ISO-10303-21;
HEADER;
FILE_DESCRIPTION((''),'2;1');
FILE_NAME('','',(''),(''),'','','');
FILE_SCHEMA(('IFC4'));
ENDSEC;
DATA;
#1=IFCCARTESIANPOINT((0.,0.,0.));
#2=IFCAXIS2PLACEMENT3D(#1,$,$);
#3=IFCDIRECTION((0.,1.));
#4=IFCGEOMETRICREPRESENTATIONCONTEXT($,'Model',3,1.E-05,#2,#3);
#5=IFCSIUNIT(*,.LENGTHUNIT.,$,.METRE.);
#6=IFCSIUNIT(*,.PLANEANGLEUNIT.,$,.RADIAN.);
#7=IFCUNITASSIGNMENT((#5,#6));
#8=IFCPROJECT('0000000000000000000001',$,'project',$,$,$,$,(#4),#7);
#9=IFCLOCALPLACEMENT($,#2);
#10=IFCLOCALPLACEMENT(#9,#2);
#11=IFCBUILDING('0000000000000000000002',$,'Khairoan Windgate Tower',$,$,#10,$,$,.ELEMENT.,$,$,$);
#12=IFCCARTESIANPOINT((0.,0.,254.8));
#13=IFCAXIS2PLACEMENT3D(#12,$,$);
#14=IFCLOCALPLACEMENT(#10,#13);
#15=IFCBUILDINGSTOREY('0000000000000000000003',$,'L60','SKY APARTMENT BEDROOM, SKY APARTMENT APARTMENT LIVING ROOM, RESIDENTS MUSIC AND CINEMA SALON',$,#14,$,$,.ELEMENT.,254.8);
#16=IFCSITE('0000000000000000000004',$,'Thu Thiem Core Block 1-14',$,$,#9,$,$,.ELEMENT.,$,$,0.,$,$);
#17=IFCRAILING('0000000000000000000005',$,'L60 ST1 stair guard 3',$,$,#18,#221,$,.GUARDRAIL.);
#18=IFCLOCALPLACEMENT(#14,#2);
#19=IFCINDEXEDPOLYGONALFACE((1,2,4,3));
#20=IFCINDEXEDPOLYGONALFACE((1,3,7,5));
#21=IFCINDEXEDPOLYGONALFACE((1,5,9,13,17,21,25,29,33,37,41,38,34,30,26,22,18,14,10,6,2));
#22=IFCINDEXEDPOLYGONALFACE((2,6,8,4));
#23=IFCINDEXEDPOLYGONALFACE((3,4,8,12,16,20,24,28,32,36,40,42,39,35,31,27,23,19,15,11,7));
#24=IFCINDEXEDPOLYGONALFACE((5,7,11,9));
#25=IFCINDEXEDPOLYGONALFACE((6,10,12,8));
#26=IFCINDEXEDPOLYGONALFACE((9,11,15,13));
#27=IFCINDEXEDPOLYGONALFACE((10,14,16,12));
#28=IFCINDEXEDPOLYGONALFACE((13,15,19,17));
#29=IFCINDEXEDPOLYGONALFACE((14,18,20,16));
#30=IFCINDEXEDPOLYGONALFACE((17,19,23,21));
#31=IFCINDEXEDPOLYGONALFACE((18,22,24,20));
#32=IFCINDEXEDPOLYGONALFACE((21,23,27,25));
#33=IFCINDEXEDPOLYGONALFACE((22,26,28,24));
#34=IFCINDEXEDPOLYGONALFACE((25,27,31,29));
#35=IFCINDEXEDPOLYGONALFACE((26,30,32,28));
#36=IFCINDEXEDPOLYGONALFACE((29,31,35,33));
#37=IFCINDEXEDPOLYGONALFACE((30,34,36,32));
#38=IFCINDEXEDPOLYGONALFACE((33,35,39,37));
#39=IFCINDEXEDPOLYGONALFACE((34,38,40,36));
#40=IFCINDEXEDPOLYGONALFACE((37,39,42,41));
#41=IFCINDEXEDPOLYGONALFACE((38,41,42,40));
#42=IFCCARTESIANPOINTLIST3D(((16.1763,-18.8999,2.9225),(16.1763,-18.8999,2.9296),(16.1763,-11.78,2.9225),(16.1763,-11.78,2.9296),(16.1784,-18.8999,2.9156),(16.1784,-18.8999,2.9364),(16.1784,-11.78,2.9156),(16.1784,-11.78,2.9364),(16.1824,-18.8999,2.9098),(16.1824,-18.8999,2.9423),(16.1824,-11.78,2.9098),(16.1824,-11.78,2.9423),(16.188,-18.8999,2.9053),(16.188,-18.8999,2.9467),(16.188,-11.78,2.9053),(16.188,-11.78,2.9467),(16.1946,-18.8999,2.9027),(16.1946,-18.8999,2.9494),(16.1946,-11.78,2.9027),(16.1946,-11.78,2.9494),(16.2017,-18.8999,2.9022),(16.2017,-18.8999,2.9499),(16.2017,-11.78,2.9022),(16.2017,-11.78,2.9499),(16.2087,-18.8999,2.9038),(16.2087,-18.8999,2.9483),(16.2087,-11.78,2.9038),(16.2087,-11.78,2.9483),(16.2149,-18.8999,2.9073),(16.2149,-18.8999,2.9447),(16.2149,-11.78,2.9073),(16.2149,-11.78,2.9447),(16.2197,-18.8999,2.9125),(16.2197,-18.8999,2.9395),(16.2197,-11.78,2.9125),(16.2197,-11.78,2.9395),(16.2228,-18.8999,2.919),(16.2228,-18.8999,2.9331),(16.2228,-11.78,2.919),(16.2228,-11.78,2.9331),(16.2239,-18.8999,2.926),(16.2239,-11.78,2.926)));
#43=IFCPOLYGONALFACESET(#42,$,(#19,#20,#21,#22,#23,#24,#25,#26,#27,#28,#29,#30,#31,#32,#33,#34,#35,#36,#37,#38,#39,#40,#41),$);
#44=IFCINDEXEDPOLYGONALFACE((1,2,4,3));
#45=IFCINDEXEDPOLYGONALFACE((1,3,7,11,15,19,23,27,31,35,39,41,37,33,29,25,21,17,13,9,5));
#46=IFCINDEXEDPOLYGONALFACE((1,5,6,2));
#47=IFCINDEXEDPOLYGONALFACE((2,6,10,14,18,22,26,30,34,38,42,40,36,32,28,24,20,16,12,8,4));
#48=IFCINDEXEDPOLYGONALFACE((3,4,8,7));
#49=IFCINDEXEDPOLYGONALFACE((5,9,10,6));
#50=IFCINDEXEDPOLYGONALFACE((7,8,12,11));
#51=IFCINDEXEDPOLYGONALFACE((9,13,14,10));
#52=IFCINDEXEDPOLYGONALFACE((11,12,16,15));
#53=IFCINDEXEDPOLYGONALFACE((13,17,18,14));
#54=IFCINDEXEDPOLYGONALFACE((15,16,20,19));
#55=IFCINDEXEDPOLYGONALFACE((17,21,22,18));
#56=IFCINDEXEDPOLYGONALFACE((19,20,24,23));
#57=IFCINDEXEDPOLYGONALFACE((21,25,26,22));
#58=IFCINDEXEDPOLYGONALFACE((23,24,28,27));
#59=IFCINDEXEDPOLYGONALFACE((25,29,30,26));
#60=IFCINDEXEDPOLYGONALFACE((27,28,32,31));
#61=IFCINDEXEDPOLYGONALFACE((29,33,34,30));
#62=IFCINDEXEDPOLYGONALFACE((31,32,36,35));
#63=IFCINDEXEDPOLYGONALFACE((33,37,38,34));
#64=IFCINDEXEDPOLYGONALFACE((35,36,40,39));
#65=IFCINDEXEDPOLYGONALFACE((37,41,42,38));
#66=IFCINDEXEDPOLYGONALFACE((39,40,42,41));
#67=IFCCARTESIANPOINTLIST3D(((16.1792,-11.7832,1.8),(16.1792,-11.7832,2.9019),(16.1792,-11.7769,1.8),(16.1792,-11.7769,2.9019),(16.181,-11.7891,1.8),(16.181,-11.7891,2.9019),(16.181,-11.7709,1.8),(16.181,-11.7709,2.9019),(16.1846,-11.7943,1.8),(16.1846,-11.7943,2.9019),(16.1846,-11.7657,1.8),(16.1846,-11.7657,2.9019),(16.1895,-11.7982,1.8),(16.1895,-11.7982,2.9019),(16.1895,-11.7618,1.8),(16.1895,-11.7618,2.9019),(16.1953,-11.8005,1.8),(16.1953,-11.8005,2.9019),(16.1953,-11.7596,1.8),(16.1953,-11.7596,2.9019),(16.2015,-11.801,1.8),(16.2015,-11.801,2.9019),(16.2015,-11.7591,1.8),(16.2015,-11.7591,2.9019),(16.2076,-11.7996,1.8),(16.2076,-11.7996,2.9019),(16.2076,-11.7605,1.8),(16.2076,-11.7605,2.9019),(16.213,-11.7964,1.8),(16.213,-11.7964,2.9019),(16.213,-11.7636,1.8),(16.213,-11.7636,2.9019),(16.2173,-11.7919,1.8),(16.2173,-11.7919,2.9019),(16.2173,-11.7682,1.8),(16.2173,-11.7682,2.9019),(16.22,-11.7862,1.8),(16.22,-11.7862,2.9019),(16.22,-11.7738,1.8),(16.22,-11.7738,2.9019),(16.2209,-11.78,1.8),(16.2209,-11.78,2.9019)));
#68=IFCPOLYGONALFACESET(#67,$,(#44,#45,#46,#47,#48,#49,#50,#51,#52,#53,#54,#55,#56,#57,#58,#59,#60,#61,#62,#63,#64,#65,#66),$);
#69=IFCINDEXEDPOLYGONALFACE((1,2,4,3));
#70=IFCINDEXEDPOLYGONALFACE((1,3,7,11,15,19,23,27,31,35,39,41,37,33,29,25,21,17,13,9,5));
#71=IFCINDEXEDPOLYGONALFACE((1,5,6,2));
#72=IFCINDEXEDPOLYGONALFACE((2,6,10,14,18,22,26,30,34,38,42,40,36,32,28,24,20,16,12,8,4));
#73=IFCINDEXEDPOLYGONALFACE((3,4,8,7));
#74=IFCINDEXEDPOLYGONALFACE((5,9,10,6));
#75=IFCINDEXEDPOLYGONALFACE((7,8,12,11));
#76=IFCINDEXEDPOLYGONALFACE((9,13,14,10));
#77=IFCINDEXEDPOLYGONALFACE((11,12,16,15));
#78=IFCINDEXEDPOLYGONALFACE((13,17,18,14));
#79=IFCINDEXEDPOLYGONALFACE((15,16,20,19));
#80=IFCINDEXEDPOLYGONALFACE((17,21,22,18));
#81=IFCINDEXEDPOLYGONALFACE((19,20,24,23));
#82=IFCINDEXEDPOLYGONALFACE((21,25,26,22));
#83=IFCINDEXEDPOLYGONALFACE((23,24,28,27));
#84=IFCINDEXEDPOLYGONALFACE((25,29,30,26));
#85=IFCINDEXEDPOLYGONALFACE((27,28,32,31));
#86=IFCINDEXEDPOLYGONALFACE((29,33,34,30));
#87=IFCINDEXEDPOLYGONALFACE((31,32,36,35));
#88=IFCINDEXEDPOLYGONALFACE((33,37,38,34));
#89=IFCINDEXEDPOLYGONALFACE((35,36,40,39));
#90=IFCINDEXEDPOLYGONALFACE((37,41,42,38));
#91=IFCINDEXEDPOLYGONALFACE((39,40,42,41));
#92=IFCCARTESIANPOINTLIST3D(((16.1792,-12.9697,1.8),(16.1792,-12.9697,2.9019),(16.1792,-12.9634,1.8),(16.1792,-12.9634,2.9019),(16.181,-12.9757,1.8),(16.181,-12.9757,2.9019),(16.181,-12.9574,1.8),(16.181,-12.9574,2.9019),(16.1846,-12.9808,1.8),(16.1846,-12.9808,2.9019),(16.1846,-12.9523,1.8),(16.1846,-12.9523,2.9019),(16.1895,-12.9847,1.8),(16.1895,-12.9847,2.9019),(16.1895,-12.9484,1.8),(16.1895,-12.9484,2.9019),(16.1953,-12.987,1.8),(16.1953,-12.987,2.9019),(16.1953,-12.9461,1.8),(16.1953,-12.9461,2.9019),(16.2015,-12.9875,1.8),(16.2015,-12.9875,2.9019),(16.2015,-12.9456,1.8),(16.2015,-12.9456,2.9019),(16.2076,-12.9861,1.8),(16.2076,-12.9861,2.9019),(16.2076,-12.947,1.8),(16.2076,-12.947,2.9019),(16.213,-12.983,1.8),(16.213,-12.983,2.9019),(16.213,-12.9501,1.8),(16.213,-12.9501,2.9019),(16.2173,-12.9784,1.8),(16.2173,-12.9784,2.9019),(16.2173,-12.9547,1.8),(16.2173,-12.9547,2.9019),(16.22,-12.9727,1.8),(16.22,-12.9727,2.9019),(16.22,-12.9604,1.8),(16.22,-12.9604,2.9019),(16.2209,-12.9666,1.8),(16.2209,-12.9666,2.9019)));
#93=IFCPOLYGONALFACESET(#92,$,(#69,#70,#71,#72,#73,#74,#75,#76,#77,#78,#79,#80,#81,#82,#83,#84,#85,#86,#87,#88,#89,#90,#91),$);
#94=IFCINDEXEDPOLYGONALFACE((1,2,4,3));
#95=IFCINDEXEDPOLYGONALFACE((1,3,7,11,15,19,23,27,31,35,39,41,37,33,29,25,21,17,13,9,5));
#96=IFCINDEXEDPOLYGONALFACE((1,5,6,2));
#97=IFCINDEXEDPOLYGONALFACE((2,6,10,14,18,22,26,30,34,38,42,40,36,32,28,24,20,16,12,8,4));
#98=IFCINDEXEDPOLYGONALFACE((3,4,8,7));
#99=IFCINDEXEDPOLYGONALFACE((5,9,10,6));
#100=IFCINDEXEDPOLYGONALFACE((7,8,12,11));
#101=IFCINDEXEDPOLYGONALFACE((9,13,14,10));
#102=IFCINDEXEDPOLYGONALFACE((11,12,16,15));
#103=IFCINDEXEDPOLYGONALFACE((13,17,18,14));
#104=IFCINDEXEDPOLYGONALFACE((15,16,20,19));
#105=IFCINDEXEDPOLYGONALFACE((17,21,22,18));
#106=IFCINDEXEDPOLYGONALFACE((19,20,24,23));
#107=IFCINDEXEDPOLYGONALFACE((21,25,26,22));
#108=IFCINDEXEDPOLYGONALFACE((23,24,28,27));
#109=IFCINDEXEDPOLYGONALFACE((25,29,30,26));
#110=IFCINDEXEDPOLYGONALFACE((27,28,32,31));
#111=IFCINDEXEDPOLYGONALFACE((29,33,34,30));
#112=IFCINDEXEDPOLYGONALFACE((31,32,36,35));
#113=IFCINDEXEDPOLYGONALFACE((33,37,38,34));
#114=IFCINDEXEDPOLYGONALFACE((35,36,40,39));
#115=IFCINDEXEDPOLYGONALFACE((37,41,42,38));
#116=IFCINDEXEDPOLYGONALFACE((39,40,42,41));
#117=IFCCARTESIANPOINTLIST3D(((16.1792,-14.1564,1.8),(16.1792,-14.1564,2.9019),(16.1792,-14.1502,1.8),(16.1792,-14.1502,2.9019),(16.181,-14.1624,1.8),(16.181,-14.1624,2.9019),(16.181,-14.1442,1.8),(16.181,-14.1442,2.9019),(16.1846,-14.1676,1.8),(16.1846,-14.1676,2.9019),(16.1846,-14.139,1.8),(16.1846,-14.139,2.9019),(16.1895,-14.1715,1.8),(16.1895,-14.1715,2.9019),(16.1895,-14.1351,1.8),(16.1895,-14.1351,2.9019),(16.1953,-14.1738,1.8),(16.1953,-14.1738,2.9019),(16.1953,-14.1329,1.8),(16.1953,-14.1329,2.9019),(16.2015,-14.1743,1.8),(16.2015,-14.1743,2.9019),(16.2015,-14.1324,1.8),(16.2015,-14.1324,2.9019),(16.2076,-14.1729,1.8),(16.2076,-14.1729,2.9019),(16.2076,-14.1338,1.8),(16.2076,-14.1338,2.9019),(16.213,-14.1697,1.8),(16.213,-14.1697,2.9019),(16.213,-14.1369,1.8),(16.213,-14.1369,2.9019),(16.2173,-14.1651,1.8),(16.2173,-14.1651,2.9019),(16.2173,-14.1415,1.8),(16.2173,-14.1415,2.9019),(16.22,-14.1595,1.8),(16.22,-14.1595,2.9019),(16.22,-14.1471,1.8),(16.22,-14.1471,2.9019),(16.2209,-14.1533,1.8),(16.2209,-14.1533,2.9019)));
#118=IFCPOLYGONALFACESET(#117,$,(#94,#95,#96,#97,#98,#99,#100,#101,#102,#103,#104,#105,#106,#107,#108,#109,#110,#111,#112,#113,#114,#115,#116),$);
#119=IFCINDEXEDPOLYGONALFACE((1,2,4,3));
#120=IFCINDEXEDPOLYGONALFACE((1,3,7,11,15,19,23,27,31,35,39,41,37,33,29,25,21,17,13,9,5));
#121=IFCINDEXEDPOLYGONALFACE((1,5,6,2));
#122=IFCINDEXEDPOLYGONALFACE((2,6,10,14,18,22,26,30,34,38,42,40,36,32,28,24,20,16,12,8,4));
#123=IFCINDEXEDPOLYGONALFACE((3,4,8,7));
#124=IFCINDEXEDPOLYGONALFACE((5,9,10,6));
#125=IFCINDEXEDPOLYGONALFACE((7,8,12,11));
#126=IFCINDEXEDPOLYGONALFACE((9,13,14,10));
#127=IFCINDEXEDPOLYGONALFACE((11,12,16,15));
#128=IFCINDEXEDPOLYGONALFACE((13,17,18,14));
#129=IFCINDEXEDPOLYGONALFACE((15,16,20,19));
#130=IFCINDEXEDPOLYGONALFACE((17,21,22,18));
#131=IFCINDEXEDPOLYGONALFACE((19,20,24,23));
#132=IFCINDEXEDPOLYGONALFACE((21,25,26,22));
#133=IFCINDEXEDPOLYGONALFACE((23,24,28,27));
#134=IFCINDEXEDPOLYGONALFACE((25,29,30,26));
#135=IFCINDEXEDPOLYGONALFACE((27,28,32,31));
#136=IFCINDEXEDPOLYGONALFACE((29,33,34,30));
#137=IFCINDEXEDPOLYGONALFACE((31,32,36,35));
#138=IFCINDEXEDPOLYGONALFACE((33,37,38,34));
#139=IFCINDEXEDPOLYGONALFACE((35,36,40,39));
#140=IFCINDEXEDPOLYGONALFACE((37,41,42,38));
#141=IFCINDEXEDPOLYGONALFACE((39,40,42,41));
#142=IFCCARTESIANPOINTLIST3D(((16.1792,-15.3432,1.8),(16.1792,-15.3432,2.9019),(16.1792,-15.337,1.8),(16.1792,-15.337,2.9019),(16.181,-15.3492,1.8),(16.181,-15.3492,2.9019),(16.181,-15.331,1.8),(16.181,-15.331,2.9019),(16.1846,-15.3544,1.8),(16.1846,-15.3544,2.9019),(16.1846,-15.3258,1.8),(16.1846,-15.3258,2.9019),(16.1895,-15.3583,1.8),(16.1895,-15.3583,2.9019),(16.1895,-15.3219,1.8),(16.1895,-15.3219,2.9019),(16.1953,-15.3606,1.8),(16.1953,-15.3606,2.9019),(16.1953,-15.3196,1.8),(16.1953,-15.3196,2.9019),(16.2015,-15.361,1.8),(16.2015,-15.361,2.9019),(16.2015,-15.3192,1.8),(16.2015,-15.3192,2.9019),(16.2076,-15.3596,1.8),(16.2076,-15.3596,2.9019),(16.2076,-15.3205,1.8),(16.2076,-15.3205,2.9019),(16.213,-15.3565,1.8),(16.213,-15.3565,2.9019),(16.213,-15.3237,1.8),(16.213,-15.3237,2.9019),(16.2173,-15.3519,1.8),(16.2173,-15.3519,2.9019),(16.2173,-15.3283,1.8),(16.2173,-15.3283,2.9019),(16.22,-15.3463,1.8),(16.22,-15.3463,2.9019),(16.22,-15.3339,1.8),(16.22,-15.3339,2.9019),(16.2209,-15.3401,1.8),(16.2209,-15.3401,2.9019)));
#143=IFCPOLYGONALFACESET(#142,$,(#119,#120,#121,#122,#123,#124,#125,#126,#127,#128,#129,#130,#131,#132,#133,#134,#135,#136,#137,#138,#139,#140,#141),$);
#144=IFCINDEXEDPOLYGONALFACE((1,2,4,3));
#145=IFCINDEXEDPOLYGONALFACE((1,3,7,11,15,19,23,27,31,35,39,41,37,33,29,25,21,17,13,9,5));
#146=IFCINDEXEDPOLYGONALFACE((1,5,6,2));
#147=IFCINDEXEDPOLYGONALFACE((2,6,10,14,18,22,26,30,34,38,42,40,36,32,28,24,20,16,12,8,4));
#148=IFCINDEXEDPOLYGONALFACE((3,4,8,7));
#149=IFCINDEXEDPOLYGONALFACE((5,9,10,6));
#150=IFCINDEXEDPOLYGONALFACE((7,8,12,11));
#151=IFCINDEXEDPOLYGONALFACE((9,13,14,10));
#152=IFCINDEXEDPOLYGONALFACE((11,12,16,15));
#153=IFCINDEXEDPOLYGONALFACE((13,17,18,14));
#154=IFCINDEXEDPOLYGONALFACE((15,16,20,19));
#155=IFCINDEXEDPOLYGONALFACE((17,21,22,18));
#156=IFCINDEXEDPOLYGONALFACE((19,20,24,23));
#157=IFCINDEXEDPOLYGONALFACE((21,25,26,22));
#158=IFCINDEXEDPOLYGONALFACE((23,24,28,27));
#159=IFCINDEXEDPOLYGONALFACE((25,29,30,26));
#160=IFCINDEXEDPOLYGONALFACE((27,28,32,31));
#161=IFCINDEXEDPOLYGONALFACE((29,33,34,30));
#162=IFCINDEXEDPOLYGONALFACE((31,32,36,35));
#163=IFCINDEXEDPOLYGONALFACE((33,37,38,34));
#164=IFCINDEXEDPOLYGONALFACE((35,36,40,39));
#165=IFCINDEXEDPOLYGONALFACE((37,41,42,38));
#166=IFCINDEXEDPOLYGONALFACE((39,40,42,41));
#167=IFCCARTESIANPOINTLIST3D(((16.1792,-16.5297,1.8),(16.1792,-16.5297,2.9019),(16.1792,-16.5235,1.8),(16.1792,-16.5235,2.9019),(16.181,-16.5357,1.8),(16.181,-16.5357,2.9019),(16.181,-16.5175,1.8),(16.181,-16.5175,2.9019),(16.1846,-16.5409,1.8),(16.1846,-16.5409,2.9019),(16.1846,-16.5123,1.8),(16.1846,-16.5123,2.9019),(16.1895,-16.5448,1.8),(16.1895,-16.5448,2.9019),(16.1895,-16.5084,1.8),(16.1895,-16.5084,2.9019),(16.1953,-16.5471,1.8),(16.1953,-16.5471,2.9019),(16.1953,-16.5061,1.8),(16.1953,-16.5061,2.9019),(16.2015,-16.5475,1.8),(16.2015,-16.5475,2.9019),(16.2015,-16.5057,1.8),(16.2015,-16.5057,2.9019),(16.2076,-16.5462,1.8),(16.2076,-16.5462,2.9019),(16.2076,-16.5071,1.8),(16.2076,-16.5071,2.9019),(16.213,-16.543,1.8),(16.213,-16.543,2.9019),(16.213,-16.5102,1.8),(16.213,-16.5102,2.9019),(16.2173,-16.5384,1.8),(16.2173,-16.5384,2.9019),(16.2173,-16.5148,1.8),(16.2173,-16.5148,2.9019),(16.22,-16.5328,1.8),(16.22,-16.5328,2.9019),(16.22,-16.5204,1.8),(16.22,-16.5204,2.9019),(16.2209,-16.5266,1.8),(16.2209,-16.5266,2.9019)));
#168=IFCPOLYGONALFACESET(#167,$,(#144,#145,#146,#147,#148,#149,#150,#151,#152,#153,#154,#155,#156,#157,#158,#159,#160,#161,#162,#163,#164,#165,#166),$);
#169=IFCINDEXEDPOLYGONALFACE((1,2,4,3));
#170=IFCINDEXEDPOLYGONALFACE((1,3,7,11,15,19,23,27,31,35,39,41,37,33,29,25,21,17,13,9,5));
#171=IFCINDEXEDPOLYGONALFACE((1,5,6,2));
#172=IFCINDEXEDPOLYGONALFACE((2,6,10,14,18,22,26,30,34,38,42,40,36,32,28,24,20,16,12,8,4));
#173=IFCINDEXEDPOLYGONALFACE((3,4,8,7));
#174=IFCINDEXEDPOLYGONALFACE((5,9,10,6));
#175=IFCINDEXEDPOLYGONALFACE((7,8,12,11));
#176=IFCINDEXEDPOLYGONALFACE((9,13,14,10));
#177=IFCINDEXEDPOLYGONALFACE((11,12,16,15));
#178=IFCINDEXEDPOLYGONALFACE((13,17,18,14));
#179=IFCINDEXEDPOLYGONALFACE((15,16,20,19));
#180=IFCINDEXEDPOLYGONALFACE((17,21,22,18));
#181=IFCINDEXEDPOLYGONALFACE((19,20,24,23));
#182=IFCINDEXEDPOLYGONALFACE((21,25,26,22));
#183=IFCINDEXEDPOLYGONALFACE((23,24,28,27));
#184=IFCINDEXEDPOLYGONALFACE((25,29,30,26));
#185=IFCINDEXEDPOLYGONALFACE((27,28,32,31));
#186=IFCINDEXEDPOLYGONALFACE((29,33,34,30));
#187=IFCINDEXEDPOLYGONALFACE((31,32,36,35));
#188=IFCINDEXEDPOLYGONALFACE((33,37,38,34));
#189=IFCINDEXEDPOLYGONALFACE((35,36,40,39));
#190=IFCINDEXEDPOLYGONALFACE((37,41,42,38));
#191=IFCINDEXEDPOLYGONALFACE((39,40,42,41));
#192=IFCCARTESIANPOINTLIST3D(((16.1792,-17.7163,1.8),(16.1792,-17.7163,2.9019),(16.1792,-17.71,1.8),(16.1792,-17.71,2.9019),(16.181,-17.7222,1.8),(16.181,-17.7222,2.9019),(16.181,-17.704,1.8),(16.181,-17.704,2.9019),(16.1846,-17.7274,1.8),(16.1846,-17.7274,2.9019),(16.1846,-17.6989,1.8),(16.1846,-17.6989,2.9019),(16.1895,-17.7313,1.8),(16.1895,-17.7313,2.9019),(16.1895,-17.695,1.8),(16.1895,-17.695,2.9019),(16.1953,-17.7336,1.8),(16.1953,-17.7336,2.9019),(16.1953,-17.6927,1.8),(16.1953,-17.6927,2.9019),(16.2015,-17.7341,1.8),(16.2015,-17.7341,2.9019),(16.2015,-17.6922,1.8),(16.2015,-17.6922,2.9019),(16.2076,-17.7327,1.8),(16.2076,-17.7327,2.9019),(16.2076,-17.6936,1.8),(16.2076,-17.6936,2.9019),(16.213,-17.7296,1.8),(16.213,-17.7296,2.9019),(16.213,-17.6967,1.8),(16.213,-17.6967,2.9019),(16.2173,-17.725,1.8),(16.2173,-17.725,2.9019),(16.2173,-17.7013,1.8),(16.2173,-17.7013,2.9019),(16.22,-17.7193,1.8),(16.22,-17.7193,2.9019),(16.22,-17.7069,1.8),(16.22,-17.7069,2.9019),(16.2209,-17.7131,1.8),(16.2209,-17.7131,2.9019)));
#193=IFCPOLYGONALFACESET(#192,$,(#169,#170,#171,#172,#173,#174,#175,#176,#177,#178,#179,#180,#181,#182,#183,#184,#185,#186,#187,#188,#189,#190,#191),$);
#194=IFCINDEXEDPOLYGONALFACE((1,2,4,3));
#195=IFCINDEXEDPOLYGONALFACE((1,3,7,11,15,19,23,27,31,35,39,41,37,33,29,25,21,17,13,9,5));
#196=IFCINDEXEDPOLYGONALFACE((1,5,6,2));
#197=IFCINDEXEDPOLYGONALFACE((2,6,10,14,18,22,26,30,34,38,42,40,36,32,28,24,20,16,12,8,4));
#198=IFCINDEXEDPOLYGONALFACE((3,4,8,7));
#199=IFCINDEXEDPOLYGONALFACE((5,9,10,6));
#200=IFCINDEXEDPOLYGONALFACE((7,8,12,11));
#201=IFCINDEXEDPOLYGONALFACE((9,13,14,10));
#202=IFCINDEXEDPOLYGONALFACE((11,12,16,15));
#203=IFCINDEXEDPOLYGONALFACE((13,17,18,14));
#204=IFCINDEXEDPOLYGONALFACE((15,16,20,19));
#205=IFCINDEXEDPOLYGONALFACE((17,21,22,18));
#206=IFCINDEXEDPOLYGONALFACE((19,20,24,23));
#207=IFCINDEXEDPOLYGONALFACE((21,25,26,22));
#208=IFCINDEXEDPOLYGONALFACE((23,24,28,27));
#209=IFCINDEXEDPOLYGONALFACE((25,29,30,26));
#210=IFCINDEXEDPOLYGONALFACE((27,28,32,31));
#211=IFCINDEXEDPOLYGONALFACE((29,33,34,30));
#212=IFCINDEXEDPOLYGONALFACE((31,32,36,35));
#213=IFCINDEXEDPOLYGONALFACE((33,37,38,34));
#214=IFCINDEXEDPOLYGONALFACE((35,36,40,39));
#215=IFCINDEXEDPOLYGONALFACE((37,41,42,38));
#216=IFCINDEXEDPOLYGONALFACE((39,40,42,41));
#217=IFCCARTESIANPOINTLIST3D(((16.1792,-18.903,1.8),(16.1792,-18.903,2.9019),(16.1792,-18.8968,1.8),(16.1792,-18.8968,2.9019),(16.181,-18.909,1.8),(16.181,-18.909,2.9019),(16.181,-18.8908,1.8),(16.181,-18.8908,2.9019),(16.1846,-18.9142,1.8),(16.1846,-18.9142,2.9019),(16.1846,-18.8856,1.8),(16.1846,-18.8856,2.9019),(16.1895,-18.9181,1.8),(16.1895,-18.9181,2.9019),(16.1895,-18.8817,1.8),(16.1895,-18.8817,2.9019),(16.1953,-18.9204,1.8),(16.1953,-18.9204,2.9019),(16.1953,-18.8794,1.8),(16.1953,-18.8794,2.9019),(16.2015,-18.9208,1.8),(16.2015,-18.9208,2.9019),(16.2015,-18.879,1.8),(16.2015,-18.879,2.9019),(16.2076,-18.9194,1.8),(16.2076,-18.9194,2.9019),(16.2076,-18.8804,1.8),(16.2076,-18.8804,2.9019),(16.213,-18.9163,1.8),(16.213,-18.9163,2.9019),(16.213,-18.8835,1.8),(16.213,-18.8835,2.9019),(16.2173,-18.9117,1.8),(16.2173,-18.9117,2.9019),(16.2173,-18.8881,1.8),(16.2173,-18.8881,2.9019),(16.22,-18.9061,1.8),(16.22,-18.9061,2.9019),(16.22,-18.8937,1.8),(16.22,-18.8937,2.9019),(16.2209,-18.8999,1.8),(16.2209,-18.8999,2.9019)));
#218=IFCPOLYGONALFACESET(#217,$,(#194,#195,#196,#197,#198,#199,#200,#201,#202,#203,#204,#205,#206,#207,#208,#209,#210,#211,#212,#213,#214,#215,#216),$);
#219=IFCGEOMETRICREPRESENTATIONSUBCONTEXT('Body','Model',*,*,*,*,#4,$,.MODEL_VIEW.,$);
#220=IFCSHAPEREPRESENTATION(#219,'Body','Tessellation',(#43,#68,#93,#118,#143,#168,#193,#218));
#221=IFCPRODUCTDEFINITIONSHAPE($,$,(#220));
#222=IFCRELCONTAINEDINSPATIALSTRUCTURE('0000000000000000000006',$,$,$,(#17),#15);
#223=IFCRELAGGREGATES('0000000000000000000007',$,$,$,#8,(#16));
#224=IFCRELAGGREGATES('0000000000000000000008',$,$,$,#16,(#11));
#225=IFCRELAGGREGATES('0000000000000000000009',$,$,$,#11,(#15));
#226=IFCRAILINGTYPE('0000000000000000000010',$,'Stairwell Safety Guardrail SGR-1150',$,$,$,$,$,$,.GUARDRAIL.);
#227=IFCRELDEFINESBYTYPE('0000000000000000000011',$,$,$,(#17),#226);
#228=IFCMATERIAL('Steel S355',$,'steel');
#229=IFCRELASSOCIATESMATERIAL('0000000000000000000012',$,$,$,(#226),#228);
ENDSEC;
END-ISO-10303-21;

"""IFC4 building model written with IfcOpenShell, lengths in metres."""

from ifc_helpers import new_model, si_unit, direction, frame, origin, origin_2d, place, context, subcontext, project, spatial, circle, extrude, material, type_object, element, save


model = new_model("IFC4")

# Units and contexts
model_context = context("Model", 3, precision=1e-05, world=origin(), true_north=direction((0.0, 1.0)))
body_context = subcontext(model_context, "Body", "Model", "MODEL_VIEW")
ifc_project = project(units=[si_unit("LENGTHUNIT", "METRE"), si_unit("PLANEANGLEUNIT", "RADIAN")], contexts=[model_context])

# Site, building, storey
site_placement = place(None, origin())
site = spatial("IfcSite", under=ifc_project, at=site_placement, Name="Thu Thiem Core Block 1-14", CompositionType="ELEMENT", RefElevation=0.0)
building_placement = place(site_placement, origin())
building = spatial("IfcBuilding", under=site, at=building_placement, Name="Khairoan Windgate Tower", CompositionType="ELEMENT")
storey_placement = place(building_placement, frame((0.0, 0.0, 254.8)))
storey = spatial("IfcBuildingStorey", under=building, at=storey_placement, Name="L60", Description="SKY APARTMENT BEDROOM, SKY APARTMENT APARTMENT LIVING ROOM, RESIDENTS MUSIC AND CINEMA SALON", CompositionType="ELEMENT", Elevation=254.8)

# Railing
ifc_material_1 = material(Name="Steel S355", Category="steel")
railing_type_1 = type_object("IfcRailingType", Name="Stairwell Safety Guardrail SGR-1150", PredefinedType="GUARDRAIL", material=ifc_material_1)
railing_1_placement = place(storey_placement, frame((16.2, -11.78, 1.8)))
element("IfcRailing", 1, at=railing_1_placement, inside=storey, type_object=railing_type_1, Name="L60 ST1 stair guard 3", PredefinedType="GUARDRAIL", context=body_context, shape_type="SweptSolid", body=[
    extrude(circle(Radius=0.0239, at=origin_2d()), frame((0.0, 0.0, 1.126), z_axis=(0.0, -1.0, 0.0), x_axis=(1.0, 0.0, 0.0)), (0.0, 0.0, 1.0), 7.1199),
    extrude(circle(Radius=0.021, at=origin_2d()), origin(), (0.0, 0.0, 1.0), 1.1018),
    extrude(circle(Radius=0.021, at=origin_2d()), frame((0.0, -1.1865, 0.0)), (0.0, 0.0, 1.0), 1.1018),
    extrude(circle(Radius=0.021, at=origin_2d()), frame((0.0, -2.3733, 0.0)), (0.0, 0.0, 1.0), 1.1018),
    extrude(circle(Radius=0.021, at=origin_2d()), frame((0.0, -3.5601, 0.0)), (0.0, 0.0, 1.0), 1.1018),
    extrude(circle(Radius=0.021, at=origin_2d()), frame((0.0, -4.7466, 0.0)), (0.0, 0.0, 1.0), 1.1018),
    extrude(circle(Radius=0.021, at=origin_2d()), frame((0.0, -5.9331, 0.0)), (0.0, 0.0, 1.0), 1.1018),
    extrude(circle(Radius=0.021, at=origin_2d()), frame((0.0, -7.1199, 0.0)), (0.0, 0.0, 1.0), 1.1018),
])

save(model, "model.ifc")
